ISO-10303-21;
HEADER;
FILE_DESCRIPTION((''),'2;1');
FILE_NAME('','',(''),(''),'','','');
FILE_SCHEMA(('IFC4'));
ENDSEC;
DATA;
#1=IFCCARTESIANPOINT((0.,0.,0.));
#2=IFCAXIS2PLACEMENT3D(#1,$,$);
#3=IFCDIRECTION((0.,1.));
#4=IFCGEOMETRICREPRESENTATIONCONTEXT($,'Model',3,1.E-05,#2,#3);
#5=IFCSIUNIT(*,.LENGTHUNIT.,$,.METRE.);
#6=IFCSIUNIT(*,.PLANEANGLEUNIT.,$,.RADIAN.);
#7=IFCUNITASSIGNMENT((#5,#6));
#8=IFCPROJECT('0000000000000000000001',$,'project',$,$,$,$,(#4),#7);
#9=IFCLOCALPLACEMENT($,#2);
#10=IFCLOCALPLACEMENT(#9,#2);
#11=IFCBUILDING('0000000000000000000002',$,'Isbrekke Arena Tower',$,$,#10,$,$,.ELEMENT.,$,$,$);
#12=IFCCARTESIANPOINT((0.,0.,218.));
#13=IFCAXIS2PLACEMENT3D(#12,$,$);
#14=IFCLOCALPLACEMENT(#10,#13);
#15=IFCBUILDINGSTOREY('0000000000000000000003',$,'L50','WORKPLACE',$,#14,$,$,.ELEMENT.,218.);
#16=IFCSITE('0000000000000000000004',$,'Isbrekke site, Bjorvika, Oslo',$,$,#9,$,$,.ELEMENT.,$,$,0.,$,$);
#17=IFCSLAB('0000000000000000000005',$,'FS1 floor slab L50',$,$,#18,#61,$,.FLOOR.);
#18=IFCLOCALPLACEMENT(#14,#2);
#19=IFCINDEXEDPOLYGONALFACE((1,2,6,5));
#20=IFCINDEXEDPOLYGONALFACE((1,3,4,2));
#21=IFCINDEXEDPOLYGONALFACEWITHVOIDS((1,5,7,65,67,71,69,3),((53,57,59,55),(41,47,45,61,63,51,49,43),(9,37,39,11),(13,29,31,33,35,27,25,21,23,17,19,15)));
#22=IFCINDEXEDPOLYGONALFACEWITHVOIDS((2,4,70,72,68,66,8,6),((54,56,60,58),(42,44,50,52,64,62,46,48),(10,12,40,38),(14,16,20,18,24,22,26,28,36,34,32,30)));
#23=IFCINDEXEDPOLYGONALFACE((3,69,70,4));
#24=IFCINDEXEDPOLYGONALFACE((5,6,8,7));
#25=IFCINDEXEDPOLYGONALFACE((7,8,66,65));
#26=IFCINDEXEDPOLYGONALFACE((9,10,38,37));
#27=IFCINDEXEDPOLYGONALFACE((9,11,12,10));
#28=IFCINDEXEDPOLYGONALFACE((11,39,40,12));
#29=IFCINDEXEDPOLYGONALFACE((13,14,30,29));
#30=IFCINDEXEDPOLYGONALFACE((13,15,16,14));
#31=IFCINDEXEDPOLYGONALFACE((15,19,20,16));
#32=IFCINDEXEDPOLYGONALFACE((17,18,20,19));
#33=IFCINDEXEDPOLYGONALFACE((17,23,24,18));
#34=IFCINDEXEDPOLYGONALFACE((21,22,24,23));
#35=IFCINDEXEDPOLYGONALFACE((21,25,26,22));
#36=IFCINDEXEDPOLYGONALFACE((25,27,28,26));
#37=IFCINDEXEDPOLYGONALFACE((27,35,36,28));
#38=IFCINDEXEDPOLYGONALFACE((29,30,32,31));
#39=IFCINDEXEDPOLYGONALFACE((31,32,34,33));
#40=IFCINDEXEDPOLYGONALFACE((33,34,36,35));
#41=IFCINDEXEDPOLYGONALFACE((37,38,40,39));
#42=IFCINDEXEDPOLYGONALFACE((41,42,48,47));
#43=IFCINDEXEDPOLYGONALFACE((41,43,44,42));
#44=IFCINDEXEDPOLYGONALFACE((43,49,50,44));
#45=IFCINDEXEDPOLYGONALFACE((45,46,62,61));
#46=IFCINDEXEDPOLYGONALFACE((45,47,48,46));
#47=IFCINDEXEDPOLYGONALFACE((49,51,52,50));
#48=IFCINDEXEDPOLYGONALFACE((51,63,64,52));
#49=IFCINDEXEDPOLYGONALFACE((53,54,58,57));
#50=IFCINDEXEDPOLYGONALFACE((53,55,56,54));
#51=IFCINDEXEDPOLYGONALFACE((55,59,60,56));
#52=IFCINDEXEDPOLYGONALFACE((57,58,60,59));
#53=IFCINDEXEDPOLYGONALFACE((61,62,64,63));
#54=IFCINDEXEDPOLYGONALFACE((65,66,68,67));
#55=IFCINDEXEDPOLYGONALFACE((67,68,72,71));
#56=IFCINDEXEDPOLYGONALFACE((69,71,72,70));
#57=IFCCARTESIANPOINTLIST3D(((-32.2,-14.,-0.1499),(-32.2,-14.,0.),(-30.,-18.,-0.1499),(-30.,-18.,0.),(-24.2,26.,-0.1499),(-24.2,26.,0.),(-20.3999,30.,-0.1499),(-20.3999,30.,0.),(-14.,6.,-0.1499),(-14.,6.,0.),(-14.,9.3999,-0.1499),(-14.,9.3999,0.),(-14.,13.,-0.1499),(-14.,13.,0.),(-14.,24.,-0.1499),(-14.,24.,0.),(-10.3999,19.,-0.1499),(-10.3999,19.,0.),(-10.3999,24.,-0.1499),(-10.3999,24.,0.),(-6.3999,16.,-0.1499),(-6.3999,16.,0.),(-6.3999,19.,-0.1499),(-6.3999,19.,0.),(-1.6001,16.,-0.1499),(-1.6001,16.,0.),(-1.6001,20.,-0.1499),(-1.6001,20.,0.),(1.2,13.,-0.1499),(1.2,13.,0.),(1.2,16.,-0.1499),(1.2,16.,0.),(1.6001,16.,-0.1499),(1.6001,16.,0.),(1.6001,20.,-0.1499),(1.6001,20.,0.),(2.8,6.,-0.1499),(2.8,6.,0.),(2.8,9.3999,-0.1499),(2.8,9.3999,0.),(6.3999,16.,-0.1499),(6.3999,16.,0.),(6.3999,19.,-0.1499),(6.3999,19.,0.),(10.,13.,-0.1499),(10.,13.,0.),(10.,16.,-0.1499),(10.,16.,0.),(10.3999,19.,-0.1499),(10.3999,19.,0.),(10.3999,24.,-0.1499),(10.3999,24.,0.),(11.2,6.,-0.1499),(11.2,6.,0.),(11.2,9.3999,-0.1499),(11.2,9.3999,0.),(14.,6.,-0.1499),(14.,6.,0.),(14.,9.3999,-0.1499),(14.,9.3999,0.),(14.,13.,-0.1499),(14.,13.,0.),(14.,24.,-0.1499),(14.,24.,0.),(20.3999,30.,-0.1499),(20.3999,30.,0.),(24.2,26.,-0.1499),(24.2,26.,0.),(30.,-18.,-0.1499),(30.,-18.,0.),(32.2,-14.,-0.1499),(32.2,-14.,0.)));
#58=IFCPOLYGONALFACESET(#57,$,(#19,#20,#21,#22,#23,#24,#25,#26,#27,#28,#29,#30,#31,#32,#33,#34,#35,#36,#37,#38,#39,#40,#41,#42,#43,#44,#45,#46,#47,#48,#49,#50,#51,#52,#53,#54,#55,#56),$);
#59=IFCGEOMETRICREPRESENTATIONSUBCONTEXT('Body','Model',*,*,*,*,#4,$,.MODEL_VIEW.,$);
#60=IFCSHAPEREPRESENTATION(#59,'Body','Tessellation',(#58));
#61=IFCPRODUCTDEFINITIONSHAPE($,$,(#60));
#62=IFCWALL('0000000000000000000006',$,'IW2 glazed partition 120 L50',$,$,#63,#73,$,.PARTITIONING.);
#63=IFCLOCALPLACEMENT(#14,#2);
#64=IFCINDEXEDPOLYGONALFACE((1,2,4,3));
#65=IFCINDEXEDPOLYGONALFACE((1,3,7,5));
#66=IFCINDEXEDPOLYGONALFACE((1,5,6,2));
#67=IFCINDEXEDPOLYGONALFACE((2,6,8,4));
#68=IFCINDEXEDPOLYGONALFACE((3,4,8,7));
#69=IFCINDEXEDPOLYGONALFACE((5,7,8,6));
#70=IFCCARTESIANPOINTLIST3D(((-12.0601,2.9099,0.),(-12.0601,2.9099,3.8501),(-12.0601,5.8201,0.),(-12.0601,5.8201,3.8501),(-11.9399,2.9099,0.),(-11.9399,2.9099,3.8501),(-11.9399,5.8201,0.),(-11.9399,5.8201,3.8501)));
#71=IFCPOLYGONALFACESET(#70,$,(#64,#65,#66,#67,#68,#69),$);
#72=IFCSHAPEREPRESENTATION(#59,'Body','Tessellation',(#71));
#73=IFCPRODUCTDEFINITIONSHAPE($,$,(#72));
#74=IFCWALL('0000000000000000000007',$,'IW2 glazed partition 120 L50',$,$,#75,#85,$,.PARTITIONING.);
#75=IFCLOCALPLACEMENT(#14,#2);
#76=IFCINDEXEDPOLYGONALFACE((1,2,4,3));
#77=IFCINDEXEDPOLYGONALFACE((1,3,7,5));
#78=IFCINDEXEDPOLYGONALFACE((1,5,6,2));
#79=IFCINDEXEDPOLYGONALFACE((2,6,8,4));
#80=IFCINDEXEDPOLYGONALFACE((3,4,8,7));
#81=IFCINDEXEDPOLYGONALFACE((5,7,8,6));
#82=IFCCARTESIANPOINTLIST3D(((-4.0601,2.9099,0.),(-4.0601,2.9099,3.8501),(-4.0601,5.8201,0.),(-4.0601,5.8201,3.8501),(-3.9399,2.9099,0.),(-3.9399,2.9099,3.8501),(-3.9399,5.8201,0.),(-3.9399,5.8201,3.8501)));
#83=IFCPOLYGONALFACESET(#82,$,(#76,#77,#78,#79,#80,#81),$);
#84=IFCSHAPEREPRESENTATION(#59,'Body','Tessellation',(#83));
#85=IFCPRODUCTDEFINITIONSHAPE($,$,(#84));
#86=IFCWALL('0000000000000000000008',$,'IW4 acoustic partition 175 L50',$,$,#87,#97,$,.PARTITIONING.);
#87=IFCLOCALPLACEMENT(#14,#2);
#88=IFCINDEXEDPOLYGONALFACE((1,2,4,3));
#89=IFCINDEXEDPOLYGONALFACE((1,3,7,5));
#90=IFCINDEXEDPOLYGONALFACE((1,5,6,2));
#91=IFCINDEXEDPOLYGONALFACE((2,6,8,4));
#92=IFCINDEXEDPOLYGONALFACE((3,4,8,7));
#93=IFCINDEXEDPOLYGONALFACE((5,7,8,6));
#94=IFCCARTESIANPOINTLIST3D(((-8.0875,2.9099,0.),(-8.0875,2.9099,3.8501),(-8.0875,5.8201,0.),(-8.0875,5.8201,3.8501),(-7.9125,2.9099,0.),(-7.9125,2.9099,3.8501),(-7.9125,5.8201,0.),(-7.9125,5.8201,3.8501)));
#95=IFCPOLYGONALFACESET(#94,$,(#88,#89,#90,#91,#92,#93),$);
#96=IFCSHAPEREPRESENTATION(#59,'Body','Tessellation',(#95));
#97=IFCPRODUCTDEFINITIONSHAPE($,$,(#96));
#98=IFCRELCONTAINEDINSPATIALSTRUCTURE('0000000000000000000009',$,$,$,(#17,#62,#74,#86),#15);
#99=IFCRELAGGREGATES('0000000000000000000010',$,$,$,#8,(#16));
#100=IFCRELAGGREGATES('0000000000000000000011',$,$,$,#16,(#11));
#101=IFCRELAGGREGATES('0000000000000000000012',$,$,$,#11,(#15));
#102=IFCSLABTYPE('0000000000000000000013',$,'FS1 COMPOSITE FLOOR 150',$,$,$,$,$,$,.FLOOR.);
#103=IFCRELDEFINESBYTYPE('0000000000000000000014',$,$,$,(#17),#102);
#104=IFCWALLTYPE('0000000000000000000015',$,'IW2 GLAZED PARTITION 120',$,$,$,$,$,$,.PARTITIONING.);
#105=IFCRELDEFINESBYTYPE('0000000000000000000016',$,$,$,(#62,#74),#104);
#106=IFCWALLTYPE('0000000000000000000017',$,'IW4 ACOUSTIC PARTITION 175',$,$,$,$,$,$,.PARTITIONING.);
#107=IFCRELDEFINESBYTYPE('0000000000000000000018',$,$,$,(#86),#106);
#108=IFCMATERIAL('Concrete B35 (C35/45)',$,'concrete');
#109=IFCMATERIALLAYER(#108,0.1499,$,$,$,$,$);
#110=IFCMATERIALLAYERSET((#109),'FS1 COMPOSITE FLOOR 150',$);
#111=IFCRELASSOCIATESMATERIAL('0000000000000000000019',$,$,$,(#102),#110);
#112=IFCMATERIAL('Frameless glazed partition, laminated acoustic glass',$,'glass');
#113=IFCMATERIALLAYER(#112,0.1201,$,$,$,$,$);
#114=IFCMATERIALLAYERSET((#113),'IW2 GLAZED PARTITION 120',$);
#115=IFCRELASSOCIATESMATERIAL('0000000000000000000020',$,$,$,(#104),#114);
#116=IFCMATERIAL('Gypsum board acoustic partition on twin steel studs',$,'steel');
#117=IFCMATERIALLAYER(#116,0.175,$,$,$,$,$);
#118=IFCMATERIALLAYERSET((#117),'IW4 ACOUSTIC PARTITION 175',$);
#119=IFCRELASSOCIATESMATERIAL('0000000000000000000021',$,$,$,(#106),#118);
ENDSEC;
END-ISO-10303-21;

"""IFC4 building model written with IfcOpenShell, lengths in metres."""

from ifc_helpers import new_model, si_unit, direction, frame, frame_2d, origin, place, context, subcontext, project, spatial, polyline, rectangle, outline, extrude, material, layer, layer_set, type_object, element, save


model = new_model("IFC4")

# Units and contexts
model_context = context("Model", 3, precision=1e-05, world=origin(), true_north=direction((0.0, 1.0)))
body_context = subcontext(model_context, "Body", "Model", "MODEL_VIEW")
ifc_project = project(units=[si_unit("LENGTHUNIT", "METRE"), si_unit("PLANEANGLEUNIT", "RADIAN")], contexts=[model_context])

# Site, building, storey
site_placement = place(None, origin())
site = spatial("IfcSite", under=ifc_project, at=site_placement, Name="Isbrekke site, Bjorvika, Oslo", CompositionType="ELEMENT", RefElevation=0.0)
building_placement = place(site_placement, origin())
building = spatial("IfcBuilding", under=site, at=building_placement, Name="Isbrekke Arena Tower", CompositionType="ELEMENT")
storey_placement = place(building_placement, frame((0.0, 0.0, 218.0)))
storey = spatial("IfcBuildingStorey", under=building, at=storey_placement, Name="L50", Description="WORKPLACE", CompositionType="ELEMENT", Elevation=218.0)

# Slab
ifc_material_1 = material(Name="Concrete B35 (C35/45)", Category="concrete")
ifc_layer_1 = layer(ifc_material_1, 0.1499)
ifc_layer_set_1 = layer_set([ifc_layer_1], Name="FS1 COMPOSITE FLOOR 150")
slab_type = type_object("IfcSlabType", Name="FS1 COMPOSITE FLOOR 150", PredefinedType="FLOOR", material=ifc_layer_set_1)
slab_placement = place(storey_placement, frame((0.0, 0.0, -0.1499)))
element("IfcSlab", 1, at=slab_placement, inside=storey, type_object=slab_type, Name="FS1 floor slab L50", PredefinedType="FLOOR", context=body_context, shape_type="SweptSolid", body=[
    extrude(outline(polyline([(-30.0, -18.0), (30.0, -18.0), (32.2, -14.0), (24.2, 26.0), (20.3999, 30.0), (-20.3999, 30.0), (-24.2, 26.0), (-32.2, -14.0), (-30.0, -18.0)]), holes=[polyline([(2.8, 9.3999), (2.8, 6.0), (-14.0, 6.0), (-14.0, 9.3999), (2.8, 9.3999)]), polyline([(11.2, 6.0), (11.2, 9.3999), (14.0, 9.3999), (14.0, 6.0), (11.2, 6.0)]), polyline([(-14.0, 13.0), (-14.0, 24.0), (-10.3999, 24.0), (-10.3999, 19.0), (-6.3999, 19.0), (-6.3999, 16.0), (-1.6001, 16.0), (-1.6001, 20.0), (1.6001, 20.0), (1.6001, 16.0), (1.2, 16.0), (1.2, 13.0), (-14.0, 13.0)]), polyline([(10.0, 13.0), (10.0, 16.0), (6.3999, 16.0), (6.3999, 19.0), (10.3999, 19.0), (10.3999, 24.0), (14.0, 24.0), (14.0, 13.0), (10.0, 13.0)])]), origin(), (0.0, 0.0, 1.0), 0.1499),
])

# Walls
ifc_material_2 = material(Name="Frameless glazed partition, laminated acoustic glass", Category="glass")
ifc_layer_2 = layer(ifc_material_2, 0.1201)
ifc_layer_set_2 = layer_set([ifc_layer_2], Name="IW2 GLAZED PARTITION 120")
wall_type_1 = type_object("IfcWallType", Name="IW2 GLAZED PARTITION 120", PredefinedType="PARTITIONING", material=ifc_layer_set_2)
for number, where, z_axis, x_axis, name in (
    (2, (-12.0, 2.9099, 0.0), (0.0, 0.0, 1.0), (0.0, 1.0, 0.0), "IW2 glazed partition 120 L50"),
    (3, (-4.0, 2.9099, 0.0), (0.0, 0.0, 1.0), (0.0, 1.0, 0.0), "IW2 glazed partition 120 L50"),
):
    element("IfcWall", number, at=place(storey_placement, frame(where, z_axis=z_axis, x_axis=x_axis)), inside=storey, type_object=wall_type_1, Name=name, PredefinedType="PARTITIONING", context=body_context, shape_type="SweptSolid", body=[
        extrude(rectangle(XDim=2.9102, YDim=0.1201, at=frame_2d((1.4551, 0.0))), origin(), (0.0, 0.0, 1.0), 3.8501),
    ])
ifc_material_3 = material(Name="Gypsum board acoustic partition on twin steel studs", Category="steel")
ifc_layer_3 = layer(ifc_material_3, 0.175)
ifc_layer_set_3 = layer_set([ifc_layer_3], Name="IW4 ACOUSTIC PARTITION 175")
wall_type_2 = type_object("IfcWallType", Name="IW4 ACOUSTIC PARTITION 175", PredefinedType="PARTITIONING", material=ifc_layer_set_3)
wall_placement = place(storey_placement, frame((-8.0, 2.9099, 0.0), z_axis=(0.0, 0.0, 1.0), x_axis=(0.0, 1.0, 0.0)))
element("IfcWall", 4, at=wall_placement, inside=storey, type_object=wall_type_2, Name="IW4 acoustic partition 175 L50", PredefinedType="PARTITIONING", context=body_context, shape_type="SweptSolid", body=[
    extrude(rectangle(XDim=2.9102, YDim=0.175, at=frame_2d((1.4551, 0.0))), origin(), (0.0, 0.0, 1.0), 3.8501),
])

save(model, "model.ifc")
